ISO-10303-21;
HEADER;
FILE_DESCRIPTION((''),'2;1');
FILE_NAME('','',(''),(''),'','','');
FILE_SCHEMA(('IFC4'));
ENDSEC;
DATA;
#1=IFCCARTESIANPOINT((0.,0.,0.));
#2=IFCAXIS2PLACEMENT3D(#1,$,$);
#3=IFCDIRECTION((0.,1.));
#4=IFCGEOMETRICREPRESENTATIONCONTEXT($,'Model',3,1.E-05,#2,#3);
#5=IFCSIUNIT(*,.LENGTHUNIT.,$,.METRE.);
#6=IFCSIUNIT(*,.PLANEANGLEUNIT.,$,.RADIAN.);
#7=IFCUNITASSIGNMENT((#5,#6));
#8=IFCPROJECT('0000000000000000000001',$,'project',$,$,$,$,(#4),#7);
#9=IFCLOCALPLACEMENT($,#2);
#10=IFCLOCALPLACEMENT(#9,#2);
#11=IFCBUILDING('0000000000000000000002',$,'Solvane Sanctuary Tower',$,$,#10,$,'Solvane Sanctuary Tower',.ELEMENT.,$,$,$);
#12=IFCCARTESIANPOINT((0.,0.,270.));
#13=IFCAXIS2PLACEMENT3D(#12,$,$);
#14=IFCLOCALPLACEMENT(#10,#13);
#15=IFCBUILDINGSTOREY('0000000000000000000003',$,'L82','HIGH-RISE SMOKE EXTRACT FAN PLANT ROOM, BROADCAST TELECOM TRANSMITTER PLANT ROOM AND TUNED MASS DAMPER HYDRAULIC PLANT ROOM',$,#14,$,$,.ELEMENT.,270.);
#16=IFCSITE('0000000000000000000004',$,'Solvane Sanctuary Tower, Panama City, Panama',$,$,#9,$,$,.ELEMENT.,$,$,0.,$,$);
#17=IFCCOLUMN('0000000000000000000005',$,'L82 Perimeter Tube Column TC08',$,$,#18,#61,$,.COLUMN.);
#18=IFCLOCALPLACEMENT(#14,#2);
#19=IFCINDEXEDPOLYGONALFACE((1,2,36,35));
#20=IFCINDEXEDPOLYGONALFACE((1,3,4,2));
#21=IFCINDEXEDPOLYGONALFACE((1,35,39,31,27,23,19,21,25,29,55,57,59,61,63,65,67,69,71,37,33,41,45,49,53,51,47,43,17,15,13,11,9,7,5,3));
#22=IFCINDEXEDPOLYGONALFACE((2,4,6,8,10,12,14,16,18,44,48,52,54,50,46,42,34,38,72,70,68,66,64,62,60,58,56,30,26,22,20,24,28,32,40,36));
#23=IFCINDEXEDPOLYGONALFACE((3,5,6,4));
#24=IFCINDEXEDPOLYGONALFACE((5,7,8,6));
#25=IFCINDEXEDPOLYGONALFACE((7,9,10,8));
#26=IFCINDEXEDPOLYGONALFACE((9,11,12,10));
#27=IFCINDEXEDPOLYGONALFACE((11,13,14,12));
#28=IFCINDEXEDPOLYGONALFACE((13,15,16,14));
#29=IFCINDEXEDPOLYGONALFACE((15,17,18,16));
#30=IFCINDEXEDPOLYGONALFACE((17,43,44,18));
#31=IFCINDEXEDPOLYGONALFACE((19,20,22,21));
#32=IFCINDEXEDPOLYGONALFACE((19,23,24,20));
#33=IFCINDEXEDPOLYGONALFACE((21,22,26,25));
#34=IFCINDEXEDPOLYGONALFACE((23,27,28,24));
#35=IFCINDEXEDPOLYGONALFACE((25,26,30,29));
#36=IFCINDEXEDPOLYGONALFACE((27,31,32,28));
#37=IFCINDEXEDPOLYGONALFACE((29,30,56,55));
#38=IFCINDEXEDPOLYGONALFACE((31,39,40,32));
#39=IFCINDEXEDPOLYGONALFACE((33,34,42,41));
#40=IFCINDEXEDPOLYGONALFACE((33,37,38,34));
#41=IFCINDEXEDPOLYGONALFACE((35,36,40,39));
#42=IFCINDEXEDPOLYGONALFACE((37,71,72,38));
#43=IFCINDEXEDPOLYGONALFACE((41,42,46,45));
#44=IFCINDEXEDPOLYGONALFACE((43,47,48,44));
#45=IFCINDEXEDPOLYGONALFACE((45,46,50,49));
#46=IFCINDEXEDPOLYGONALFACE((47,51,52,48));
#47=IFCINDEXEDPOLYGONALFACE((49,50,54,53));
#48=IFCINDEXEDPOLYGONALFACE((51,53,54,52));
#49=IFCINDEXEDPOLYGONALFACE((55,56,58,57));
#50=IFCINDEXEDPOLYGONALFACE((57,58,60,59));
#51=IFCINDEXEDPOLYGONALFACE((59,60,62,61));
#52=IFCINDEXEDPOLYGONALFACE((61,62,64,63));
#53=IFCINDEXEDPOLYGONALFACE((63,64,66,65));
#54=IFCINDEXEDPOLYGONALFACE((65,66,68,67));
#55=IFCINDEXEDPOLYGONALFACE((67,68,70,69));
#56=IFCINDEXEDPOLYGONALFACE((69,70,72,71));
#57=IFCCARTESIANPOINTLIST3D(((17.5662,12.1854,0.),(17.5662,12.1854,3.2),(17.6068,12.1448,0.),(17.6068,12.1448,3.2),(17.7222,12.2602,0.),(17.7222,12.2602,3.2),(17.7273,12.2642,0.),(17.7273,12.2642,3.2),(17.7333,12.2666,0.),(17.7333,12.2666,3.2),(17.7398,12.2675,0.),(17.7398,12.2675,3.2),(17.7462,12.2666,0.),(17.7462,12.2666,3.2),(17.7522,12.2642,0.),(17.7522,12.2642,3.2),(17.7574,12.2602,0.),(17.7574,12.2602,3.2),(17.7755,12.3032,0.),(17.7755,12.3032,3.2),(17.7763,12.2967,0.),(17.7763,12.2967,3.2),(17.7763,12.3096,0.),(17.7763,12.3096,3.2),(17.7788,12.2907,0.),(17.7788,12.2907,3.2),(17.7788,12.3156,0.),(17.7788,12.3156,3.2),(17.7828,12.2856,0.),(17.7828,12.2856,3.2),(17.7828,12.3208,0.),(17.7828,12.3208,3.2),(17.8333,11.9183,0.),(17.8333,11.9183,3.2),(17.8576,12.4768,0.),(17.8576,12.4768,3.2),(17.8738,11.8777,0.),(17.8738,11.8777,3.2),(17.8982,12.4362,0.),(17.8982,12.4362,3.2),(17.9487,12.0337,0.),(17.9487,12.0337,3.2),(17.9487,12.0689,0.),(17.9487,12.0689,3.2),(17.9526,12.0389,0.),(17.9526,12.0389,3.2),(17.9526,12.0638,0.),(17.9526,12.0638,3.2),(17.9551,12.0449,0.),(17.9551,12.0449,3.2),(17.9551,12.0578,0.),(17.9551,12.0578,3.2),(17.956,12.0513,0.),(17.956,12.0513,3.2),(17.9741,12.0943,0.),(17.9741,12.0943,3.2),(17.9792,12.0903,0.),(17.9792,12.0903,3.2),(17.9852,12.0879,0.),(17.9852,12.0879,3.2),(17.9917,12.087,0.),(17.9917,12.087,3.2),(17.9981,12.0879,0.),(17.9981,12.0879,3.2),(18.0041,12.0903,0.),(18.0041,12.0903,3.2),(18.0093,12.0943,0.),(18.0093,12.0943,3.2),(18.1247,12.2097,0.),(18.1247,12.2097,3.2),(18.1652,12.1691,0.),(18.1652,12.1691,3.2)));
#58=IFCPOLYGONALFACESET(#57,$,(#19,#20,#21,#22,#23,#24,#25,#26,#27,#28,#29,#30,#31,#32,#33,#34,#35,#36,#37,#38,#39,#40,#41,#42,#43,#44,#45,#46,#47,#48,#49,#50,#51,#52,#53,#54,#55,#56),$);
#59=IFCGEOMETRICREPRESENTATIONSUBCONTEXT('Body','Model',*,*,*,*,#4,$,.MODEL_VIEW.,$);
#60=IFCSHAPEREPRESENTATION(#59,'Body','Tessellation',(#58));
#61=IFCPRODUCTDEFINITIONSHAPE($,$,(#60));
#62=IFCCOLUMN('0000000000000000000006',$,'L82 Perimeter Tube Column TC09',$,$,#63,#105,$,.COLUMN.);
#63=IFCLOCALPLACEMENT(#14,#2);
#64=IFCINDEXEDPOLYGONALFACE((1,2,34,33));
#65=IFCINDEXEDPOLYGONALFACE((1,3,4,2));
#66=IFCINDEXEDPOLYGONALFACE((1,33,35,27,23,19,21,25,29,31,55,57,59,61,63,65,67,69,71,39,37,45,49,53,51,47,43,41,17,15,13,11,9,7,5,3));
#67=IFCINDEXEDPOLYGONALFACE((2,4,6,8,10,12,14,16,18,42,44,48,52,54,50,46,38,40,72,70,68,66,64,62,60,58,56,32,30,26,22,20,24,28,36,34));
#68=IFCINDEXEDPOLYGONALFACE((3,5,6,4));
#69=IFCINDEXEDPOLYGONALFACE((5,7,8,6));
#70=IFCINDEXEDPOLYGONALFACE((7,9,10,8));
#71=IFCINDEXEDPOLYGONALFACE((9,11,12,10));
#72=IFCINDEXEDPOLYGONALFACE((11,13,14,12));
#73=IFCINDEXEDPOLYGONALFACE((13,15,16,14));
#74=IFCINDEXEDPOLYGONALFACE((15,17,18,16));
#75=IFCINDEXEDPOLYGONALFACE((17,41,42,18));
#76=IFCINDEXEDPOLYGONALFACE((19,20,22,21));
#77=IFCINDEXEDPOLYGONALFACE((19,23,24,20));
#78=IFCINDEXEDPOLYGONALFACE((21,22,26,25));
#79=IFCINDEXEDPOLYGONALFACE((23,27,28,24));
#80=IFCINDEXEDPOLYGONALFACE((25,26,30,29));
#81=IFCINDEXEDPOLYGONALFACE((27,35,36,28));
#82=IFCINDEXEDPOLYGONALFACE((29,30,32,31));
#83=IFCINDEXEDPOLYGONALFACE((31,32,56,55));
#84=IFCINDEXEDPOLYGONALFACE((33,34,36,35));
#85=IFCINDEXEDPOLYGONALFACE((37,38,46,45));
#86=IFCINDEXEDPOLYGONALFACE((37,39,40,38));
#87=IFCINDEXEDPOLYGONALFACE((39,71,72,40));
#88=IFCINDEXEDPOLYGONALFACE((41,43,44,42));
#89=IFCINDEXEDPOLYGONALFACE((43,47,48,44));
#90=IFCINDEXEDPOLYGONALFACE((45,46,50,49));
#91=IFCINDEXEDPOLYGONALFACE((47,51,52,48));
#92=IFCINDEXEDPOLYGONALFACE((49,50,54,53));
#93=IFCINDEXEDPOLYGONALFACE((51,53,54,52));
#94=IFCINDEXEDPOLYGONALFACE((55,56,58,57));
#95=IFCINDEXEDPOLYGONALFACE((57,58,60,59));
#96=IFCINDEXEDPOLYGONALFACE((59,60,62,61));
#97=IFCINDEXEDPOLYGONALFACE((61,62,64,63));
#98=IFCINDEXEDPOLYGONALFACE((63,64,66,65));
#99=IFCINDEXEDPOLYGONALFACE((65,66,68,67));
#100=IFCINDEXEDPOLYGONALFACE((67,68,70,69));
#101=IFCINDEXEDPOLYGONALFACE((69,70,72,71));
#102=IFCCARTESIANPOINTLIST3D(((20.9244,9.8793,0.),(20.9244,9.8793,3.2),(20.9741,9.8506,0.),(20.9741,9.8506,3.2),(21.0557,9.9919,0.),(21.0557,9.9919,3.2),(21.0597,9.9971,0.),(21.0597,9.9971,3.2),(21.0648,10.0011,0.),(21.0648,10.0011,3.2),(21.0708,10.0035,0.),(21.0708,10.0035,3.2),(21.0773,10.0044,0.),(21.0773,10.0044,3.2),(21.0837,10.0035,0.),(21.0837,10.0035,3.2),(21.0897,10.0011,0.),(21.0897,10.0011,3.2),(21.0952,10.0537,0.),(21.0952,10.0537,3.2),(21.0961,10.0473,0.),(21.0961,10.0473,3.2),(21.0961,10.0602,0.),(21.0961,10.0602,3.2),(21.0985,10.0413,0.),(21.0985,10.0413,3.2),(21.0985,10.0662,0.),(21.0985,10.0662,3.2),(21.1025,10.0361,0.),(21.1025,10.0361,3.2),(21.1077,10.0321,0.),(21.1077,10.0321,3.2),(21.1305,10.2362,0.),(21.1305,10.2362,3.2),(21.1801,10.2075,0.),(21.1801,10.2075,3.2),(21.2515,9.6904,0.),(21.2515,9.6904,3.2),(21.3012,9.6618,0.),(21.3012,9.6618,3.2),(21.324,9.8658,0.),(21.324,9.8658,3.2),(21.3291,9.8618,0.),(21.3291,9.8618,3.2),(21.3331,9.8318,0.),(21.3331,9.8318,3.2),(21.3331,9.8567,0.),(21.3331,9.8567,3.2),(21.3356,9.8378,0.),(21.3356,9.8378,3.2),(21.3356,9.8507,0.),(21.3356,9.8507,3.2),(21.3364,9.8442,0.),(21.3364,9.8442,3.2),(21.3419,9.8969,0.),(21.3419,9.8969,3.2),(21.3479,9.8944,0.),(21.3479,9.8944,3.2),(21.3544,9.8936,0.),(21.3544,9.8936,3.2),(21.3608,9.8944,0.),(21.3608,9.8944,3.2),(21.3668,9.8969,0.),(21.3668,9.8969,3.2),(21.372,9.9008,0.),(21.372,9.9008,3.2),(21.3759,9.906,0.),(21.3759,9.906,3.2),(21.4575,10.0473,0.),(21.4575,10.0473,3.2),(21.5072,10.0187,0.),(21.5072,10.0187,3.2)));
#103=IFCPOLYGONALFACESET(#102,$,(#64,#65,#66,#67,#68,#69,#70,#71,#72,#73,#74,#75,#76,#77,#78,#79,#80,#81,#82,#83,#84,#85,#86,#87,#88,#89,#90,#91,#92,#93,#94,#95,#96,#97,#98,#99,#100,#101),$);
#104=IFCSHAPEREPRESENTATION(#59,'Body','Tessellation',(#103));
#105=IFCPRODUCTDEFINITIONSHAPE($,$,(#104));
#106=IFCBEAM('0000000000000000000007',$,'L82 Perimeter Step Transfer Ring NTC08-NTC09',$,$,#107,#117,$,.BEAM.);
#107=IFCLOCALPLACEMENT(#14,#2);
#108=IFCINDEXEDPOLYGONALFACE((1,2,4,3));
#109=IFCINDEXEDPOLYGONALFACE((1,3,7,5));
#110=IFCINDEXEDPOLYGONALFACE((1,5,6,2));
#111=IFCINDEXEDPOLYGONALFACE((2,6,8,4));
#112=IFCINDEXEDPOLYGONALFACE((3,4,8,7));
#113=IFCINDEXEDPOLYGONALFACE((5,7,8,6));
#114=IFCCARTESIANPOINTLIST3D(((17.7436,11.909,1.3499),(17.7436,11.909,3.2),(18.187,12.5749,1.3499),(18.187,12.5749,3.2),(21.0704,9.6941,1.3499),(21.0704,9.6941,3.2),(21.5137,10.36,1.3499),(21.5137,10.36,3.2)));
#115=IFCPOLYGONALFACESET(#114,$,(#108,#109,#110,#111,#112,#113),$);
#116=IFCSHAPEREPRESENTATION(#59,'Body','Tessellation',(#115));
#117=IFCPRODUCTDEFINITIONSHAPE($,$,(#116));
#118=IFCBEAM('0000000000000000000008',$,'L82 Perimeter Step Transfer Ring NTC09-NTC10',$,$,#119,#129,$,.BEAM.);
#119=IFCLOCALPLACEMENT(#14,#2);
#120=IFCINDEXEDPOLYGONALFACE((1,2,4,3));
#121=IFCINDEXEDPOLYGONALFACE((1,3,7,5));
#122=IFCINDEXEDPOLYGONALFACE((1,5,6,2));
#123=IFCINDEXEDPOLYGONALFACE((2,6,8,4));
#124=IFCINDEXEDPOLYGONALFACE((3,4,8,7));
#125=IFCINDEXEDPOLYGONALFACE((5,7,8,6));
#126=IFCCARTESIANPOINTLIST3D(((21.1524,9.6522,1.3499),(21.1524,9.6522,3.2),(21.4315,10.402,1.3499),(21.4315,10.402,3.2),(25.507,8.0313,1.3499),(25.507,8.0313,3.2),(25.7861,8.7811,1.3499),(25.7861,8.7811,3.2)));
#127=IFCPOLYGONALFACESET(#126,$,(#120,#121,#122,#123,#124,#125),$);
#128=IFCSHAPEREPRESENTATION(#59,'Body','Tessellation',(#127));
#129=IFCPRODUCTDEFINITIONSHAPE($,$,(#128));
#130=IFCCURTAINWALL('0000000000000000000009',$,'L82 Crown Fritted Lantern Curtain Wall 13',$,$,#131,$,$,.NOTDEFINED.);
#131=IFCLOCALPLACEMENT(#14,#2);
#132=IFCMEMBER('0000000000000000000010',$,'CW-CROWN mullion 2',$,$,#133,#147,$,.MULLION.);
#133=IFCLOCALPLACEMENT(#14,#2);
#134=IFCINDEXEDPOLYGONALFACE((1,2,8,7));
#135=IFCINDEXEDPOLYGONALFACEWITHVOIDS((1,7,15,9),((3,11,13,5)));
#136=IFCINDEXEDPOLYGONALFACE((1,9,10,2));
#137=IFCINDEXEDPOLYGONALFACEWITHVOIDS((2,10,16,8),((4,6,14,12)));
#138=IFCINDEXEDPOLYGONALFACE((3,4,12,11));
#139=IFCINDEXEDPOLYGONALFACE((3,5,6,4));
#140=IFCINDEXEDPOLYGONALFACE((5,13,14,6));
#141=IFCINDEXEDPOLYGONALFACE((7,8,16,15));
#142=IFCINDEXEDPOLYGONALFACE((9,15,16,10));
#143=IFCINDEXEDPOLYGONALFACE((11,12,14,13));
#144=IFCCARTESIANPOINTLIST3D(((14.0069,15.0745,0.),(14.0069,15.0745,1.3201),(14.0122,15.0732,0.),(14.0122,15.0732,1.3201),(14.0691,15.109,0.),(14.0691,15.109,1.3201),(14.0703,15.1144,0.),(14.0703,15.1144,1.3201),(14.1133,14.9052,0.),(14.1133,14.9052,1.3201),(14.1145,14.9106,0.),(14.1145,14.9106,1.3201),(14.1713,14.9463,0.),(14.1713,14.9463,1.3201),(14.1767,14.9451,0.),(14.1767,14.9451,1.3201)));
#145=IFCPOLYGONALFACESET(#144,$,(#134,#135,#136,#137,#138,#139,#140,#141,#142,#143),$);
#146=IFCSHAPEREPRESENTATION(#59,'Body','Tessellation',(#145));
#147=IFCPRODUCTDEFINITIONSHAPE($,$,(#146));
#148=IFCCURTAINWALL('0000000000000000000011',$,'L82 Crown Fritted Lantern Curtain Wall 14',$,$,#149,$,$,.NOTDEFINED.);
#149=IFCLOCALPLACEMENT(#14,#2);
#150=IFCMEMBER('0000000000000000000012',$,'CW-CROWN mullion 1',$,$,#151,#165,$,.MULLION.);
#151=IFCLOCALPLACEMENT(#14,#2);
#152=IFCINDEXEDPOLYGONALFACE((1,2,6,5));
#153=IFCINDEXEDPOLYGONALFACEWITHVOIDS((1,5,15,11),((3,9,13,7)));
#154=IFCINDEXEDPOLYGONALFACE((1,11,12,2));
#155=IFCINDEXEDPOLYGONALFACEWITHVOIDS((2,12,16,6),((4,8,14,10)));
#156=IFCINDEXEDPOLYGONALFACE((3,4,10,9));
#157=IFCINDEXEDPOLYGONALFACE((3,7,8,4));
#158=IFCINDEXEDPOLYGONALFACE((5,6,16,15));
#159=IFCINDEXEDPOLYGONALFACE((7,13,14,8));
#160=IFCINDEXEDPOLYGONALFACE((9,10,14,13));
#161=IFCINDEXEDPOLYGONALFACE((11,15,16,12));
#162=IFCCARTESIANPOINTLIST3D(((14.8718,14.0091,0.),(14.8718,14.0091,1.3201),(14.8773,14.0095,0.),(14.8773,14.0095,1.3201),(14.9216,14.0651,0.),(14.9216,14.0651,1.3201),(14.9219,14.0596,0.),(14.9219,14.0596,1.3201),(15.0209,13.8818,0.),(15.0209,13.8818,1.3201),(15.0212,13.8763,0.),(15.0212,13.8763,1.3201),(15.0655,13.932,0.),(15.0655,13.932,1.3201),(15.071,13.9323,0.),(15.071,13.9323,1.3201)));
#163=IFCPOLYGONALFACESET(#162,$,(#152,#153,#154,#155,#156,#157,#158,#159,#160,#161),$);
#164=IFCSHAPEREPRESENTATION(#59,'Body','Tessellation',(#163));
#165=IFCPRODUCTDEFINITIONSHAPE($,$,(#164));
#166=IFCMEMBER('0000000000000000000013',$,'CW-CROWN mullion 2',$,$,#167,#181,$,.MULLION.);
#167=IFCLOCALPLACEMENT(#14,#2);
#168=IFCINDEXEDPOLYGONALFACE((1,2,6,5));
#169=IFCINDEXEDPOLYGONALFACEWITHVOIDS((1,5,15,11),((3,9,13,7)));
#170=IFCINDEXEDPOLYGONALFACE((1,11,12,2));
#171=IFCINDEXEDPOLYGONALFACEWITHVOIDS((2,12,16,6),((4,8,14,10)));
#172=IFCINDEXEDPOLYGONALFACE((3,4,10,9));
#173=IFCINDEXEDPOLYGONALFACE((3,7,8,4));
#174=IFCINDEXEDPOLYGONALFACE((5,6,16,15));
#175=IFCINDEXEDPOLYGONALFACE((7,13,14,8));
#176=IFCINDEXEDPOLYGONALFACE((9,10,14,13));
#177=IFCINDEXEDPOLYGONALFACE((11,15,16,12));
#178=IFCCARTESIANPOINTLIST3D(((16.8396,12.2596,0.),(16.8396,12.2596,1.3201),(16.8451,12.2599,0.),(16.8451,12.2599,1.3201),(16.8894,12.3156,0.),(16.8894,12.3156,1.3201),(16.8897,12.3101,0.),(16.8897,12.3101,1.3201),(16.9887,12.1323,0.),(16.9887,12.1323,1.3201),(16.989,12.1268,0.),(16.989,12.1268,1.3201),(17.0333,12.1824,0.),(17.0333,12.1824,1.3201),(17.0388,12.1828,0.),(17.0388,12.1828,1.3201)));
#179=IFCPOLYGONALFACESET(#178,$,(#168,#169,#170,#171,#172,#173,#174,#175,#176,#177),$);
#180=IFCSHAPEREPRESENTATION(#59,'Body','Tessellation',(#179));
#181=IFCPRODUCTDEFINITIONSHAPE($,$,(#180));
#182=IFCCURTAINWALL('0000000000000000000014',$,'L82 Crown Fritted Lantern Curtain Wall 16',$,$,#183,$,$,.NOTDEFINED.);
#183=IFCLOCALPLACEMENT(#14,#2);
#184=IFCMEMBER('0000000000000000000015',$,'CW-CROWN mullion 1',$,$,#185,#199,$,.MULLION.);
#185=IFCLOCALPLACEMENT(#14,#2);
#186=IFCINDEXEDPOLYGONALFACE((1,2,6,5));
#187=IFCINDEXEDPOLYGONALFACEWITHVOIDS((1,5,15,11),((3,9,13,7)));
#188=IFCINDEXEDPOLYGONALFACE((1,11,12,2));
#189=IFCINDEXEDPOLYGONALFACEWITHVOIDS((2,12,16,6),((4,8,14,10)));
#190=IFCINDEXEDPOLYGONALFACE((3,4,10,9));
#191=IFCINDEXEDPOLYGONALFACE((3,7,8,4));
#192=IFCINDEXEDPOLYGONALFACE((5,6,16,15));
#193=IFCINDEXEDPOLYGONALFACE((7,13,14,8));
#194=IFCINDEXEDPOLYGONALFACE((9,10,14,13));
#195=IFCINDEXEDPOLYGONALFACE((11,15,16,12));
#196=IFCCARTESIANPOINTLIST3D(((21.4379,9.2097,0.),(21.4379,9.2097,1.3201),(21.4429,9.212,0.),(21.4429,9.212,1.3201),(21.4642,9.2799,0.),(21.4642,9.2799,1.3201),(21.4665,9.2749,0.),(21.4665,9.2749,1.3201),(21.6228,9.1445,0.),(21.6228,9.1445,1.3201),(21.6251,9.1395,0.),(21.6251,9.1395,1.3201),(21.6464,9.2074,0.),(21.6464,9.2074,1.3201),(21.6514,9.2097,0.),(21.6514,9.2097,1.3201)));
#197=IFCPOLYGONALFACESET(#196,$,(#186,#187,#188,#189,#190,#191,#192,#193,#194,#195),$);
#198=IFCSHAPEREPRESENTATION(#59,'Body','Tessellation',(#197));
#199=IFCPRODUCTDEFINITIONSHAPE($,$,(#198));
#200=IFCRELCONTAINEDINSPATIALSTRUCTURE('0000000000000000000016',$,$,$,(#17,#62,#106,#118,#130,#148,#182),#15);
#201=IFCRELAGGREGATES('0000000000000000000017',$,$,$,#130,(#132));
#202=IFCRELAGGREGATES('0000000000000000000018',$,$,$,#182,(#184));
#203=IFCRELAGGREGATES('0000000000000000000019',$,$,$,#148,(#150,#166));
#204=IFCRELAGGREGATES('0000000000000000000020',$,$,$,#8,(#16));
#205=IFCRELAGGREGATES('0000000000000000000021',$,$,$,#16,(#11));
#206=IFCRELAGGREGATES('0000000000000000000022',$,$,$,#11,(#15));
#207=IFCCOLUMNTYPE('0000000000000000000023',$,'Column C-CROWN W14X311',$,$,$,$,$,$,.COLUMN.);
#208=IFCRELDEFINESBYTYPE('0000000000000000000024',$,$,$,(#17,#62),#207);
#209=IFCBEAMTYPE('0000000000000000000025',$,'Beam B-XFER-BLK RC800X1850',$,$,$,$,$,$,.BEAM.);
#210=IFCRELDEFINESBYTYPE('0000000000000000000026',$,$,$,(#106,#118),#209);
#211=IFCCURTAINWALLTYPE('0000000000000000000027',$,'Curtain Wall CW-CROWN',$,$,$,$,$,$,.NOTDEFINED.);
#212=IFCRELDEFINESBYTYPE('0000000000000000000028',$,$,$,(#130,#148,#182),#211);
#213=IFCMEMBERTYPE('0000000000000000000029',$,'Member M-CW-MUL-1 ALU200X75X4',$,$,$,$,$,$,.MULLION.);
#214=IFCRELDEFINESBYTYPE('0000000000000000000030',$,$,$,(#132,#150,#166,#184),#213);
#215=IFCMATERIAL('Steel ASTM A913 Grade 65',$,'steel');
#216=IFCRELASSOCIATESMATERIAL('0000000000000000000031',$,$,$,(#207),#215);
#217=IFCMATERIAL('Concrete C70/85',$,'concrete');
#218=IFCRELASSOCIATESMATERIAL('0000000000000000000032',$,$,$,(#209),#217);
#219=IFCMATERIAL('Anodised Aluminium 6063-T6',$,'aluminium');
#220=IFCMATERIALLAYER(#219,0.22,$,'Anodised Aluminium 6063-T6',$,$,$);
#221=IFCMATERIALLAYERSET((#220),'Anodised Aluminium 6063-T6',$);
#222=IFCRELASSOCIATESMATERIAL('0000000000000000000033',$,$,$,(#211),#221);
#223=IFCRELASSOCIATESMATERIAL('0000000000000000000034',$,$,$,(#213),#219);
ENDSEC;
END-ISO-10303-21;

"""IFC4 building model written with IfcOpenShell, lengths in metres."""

from ifc_helpers import new_model, si_unit, direction, frame, origin, origin_2d, place, context, subcontext, project, spatial, rectangle, hollow_rectangle, i_section, extrude, material, layer, layer_set, material_profile, profile_set, type_object, element, aggregate, save


model = new_model("IFC4")

# Units and contexts
model_context = context("Model", 3, precision=1e-05, world=origin(), true_north=direction((0.0, 1.0)))
body_context = subcontext(model_context, "Body", "Model", "MODEL_VIEW")
ifc_project = project(units=[si_unit("LENGTHUNIT", "METRE"), si_unit("PLANEANGLEUNIT", "RADIAN")], contexts=[model_context])

# Site, building, storey
site_placement = place(None, origin())
site = spatial("IfcSite", under=ifc_project, at=site_placement, Name="Solvane Sanctuary Tower, Panama City, Panama", CompositionType="ELEMENT", RefElevation=0.0)
building_placement = place(site_placement, origin())
building = spatial("IfcBuilding", under=site, at=building_placement, Name="Solvane Sanctuary Tower", LongName="Solvane Sanctuary Tower", CompositionType="ELEMENT")
storey_placement = place(building_placement, frame((0.0, 0.0, 270.0)))
storey = spatial("IfcBuildingStorey", under=building, at=storey_placement, Name="L82", Description="HIGH-RISE SMOKE EXTRACT FAN PLANT ROOM, BROADCAST TELECOM TRANSMITTER PLANT ROOM AND TUNED MASS DAMPER HYDRAULIC PLANT ROOM", CompositionType="ELEMENT", Elevation=270.0)

# Columns
ifc_material_1 = material(Name="Steel ASTM A913 Grade 65", Category="steel")
ifc_material_profile_1 = material_profile(ifc_material_1, i_section(OverallWidth=0.4121, OverallDepth=0.4351, WebThickness=0.0359, FlangeThickness=0.0574, FilletRadius=0.0249, at=origin_2d()), Name="W14X311")
ifc_profile_set_1 = profile_set([ifc_material_profile_1], Name="Steel ASTM A913 Grade 65")
column_type = type_object("IfcColumnType", Name="Column C-CROWN W14X311", PredefinedType="COLUMN", material=ifc_profile_set_1)
for number, where, z_axis, x_axis, name in (
    (1, (17.8657, 12.1772, 0.0), (0.0, 0.0, 1.0), (-0.707107, -0.707107, 0.0), "L82 Perimeter Tube Column TC08"),
    (2, (21.2158, 9.949, 0.0), (0.0, 0.0, 1.0), (-0.5, -0.866025, 0.0), "L82 Perimeter Tube Column TC09"),
):
    element("IfcColumn", number, at=place(storey_placement, frame(where, z_axis=z_axis, x_axis=x_axis)), inside=storey, type_object=column_type, Name=name, PredefinedType="COLUMN", context=body_context, shape_type="SweptSolid", body=[
        extrude(i_section(OverallWidth=0.4121, OverallDepth=0.4351, WebThickness=0.0359, FlangeThickness=0.0574, FilletRadius=0.0249, at=origin_2d()), origin(), (0.0, 0.0, 1.0), 3.2),
    ])

# Beams
ifc_material_2 = material(Name="Concrete C70/85", Category="concrete")
ifc_material_profile_2 = material_profile(ifc_material_2, rectangle(XDim=0.8, YDim=1.8501, at=origin_2d()), Name="RC800X1850")
ifc_profile_set_2 = profile_set([ifc_material_profile_2], Name="Concrete C70/85")
beam_type = type_object("IfcBeamType", Name="Beam B-XFER-BLK RC800X1850", PredefinedType="BEAM", material=ifc_profile_set_2)
beam_1_placement = place(storey_placement, frame((17.9653, 12.2419, 2.2749), z_axis=(0.832388, -0.554193, 0.0), x_axis=(0.554193, 0.832388, 0.0)))
element("IfcBeam", 3, at=beam_1_placement, inside=storey, type_object=beam_type, Name="L82 Perimeter Step Transfer Ring NTC08-NTC09", PredefinedType="BEAM", context=body_context, shape_type="SweptSolid", body=[
    extrude(rectangle(XDim=0.8, YDim=1.8501, at=origin_2d()), origin(), (0.0, 0.0, 1.0), 3.9966),
])
beam_2_placement = place(storey_placement, frame((21.292, 10.0271, 2.2749), z_axis=(0.937182, -0.348842, 0.0), x_axis=(0.348842, 0.937182, 0.0)))
element("IfcBeam", 4, at=beam_2_placement, inside=storey, type_object=beam_type, Name="L82 Perimeter Step Transfer Ring NTC09-NTC10", PredefinedType="BEAM", context=body_context, shape_type="SweptSolid", body=[
    extrude(rectangle(XDim=0.8, YDim=1.8501, at=origin_2d()), origin(), (0.0, 0.0, 1.0), 4.6465),
])

# Curtain wall, member
ifc_material_3 = material(Name="Anodised Aluminium 6063-T6", Category="aluminium")
ifc_layer_1 = layer(ifc_material_3, 0.22, Name="Anodised Aluminium 6063-T6")
ifc_layer_set_1 = layer_set([ifc_layer_1], Name="Anodised Aluminium 6063-T6")
curtain_wall_type = type_object("IfcCurtainWallType", Name="Curtain Wall CW-CROWN", PredefinedType="NOTDEFINED", material=ifc_layer_set_1)
curtain_wall_1_placement = place(storey_placement, origin())
curtain_wall_1 = element("IfcCurtainWall", 5, at=curtain_wall_1_placement, inside=storey, type_object=curtain_wall_type, Name="L82 Crown Fritted Lantern Curtain Wall 13", PredefinedType="NOTDEFINED")
ifc_material_profile_3 = material_profile(ifc_material_3, hollow_rectangle(XDim=0.075, YDim=0.2, WallThickness=0.0039, at=origin_2d()), Name="ALU200X75X4")
ifc_profile_set_3 = profile_set([ifc_material_profile_3], Name="Anodised Aluminium 6063-T6")
member_type_1 = type_object("IfcMemberType", Name="Member M-CW-MUL-1 ALU200X75X4", PredefinedType="MULLION", material=ifc_profile_set_3)
member_1_placement = place(storey_placement, frame((14.0918, 15.0098, 0.0), z_axis=(0.0, 0.0, 1.0), x_axis=(0.846604, 0.532224, 0.0)))
member_1 = element("IfcMember", 6, at=member_1_placement, type_object=member_type_1, Name="CW-CROWN mullion 2", PredefinedType="MULLION", context=body_context, shape_type="SweptSolid", body=[
    extrude(hollow_rectangle(XDim=0.075, YDim=0.2, WallThickness=0.0039, at=origin_2d()), origin(), (0.0, 0.0, 1.0), 1.3201),
])
aggregate(curtain_wall_1, [member_1])

# Curtain wall, members
curtain_wall_2_placement = place(storey_placement, origin())
curtain_wall_2 = element("IfcCurtainWall", 7, at=curtain_wall_2_placement, inside=storey, type_object=curtain_wall_type, Name="L82 Crown Fritted Lantern Curtain Wall 14", PredefinedType="NOTDEFINED")
member_2_placement = place(storey_placement, frame((14.9714, 13.9707, 0.0), z_axis=(0.0, 0.0, 1.0), x_axis=(0.664478, 0.747307, 0.0)))
member_2 = element("IfcMember", 8, at=member_2_placement, type_object=member_type_1, Name="CW-CROWN mullion 1", PredefinedType="MULLION", context=body_context, shape_type="SweptSolid", body=[
    extrude(hollow_rectangle(XDim=0.075, YDim=0.2, WallThickness=0.0039, at=origin_2d()), origin(), (0.0, 0.0, 1.0), 1.3201),
])
member_3_placement = place(storey_placement, frame((16.9392, 12.2212, 0.0), z_axis=(0.0, 0.0, 1.0), x_axis=(0.664478, 0.747307, 0.0)))
member_3 = element("IfcMember", 9, at=member_3_placement, type_object=member_type_1, Name="CW-CROWN mullion 2", PredefinedType="MULLION", context=body_context, shape_type="SweptSolid", body=[
    extrude(hollow_rectangle(XDim=0.075, YDim=0.2, WallThickness=0.0039, at=origin_2d()), origin(), (0.0, 0.0, 1.0), 1.3201),
])

# Curtain wall, member
curtain_wall_3_placement = place(storey_placement, origin())
curtain_wall_3 = element("IfcCurtainWall", 10, at=curtain_wall_3_placement, inside=storey, type_object=curtain_wall_type, Name="L82 Crown Fritted Lantern Curtain Wall 16", PredefinedType="NOTDEFINED")
member_4_placement = place(storey_placement, frame((21.5447, 9.2097, 0.0), z_axis=(0.0, 0.0, 1.0), x_axis=(0.35117, 0.936312, 0.0)))
member_4 = element("IfcMember", 11, at=member_4_placement, type_object=member_type_1, Name="CW-CROWN mullion 1", PredefinedType="MULLION", context=body_context, shape_type="SweptSolid", body=[
    extrude(hollow_rectangle(XDim=0.075, YDim=0.2, WallThickness=0.0039, at=origin_2d()), origin(), (0.0, 0.0, 1.0), 1.3201),
])

aggregate(curtain_wall_3, [member_4])

aggregate(curtain_wall_2, [member_2, member_3])

save(model, "model.ifc")
